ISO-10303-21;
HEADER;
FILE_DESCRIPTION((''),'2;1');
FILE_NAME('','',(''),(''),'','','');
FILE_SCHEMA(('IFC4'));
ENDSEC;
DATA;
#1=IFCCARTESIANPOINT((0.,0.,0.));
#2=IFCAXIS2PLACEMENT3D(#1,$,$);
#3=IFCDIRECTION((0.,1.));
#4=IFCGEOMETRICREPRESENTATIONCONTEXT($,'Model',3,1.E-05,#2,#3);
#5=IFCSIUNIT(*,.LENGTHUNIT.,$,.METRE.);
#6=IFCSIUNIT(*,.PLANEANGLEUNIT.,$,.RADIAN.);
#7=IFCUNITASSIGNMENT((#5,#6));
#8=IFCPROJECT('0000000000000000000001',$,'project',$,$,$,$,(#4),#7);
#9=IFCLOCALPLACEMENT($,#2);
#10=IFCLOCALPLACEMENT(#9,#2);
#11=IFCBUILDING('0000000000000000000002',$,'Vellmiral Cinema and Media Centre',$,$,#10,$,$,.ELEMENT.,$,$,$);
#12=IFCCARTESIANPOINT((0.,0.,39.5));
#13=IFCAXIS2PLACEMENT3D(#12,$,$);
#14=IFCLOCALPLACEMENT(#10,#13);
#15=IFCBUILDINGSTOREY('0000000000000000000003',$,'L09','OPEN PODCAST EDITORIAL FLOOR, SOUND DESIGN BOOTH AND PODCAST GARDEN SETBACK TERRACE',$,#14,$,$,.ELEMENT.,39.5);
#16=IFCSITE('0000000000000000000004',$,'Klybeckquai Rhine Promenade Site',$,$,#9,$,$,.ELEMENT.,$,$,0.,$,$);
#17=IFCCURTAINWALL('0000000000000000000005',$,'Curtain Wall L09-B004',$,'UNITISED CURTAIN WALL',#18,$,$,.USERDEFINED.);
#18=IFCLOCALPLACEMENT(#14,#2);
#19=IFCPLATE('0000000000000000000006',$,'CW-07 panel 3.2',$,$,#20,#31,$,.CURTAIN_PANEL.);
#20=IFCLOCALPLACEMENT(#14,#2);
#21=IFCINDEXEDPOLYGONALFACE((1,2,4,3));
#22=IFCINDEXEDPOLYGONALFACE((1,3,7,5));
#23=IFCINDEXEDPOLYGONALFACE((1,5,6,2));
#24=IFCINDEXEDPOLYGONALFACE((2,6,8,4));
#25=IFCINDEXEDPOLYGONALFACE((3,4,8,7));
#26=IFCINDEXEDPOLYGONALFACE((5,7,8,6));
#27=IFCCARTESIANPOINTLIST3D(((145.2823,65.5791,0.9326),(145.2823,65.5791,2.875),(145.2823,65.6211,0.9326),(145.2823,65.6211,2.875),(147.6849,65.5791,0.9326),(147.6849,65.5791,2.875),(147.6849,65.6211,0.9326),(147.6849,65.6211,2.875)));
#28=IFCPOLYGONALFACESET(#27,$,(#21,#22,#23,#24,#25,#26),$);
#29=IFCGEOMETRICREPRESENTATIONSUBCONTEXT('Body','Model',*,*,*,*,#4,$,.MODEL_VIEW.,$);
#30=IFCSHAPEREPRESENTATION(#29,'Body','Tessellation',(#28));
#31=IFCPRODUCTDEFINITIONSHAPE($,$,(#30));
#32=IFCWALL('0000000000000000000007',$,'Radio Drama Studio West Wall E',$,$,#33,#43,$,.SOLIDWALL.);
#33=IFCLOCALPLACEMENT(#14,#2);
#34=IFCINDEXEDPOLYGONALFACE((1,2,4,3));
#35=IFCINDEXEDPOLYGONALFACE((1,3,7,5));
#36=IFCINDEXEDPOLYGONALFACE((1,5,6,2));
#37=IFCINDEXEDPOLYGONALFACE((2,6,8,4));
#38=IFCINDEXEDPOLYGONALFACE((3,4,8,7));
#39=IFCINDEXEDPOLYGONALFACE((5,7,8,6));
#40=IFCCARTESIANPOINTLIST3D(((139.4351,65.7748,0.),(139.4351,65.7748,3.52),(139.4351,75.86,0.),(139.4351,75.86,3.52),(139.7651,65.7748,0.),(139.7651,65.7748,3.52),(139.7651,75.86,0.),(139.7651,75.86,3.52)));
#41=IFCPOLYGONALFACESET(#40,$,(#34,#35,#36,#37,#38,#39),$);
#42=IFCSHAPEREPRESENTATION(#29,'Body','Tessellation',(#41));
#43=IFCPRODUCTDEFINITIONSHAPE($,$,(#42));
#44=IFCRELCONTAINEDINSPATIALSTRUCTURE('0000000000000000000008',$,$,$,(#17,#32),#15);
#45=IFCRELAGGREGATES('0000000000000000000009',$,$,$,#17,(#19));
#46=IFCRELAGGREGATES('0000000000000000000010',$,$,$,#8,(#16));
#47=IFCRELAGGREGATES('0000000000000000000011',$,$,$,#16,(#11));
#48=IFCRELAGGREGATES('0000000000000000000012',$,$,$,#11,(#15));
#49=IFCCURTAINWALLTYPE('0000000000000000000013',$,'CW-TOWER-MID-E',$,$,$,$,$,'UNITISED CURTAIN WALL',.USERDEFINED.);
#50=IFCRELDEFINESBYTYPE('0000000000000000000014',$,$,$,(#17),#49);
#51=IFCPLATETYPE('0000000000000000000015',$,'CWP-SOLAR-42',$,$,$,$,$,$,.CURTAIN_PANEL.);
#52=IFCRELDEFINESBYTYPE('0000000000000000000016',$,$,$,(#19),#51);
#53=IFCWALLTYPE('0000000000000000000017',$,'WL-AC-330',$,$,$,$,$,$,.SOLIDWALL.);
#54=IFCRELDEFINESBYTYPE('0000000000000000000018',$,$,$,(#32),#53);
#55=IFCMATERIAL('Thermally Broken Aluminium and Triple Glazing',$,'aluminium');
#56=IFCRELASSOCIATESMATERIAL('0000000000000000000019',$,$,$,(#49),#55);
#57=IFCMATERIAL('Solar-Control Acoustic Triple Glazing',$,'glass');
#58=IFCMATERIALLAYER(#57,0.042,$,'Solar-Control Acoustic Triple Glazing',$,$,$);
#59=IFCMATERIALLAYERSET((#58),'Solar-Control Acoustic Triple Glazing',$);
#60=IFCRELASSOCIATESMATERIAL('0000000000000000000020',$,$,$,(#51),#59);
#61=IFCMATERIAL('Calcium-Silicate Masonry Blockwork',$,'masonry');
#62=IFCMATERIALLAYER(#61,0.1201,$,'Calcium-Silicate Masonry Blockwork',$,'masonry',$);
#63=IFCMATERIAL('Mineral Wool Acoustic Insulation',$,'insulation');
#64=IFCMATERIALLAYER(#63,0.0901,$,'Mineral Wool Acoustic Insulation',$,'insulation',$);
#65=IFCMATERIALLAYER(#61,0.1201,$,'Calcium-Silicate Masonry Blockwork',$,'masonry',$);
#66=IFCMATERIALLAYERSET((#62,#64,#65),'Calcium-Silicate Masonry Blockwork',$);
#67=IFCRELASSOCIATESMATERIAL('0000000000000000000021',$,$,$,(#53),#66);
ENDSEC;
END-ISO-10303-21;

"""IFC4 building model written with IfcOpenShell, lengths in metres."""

from ifc_helpers import new_model, si_unit, direction, frame, frame_2d, origin, origin_2d, place, context, subcontext, project, spatial, rectangle, extrude, material, layer, layer_set, type_object, element, aggregate, save


model = new_model("IFC4")

# Units and contexts
model_context = context("Model", 3, precision=1e-05, world=origin(), true_north=direction((0.0, 1.0)))
body_context = subcontext(model_context, "Body", "Model", "MODEL_VIEW")
ifc_project = project(units=[si_unit("LENGTHUNIT", "METRE"), si_unit("PLANEANGLEUNIT", "RADIAN")], contexts=[model_context])

# Site, building, storey
site_placement = place(None, origin())
site = spatial("IfcSite", under=ifc_project, at=site_placement, Name="Klybeckquai Rhine Promenade Site", CompositionType="ELEMENT", RefElevation=0.0)
building_placement = place(site_placement, origin())
building = spatial("IfcBuilding", under=site, at=building_placement, Name="Vellmiral Cinema and Media Centre", CompositionType="ELEMENT")
storey_placement = place(building_placement, frame((0.0, 0.0, 39.5)))
storey = spatial("IfcBuildingStorey", under=building, at=storey_placement, Name="L09", Description="OPEN PODCAST EDITORIAL FLOOR, SOUND DESIGN BOOTH AND PODCAST GARDEN SETBACK TERRACE", CompositionType="ELEMENT", Elevation=39.5)

# Curtain wall
ifc_material_1 = material(Name="Thermally Broken Aluminium and Triple Glazing", Category="aluminium")
curtain_wall_type = type_object("IfcCurtainWallType", Name="CW-TOWER-MID-E", ElementType="UNITISED CURTAIN WALL", PredefinedType="USERDEFINED", material=ifc_material_1)
curtain_wall_placement = place(storey_placement, origin())
curtain_wall = element("IfcCurtainWall", 1, at=curtain_wall_placement, inside=storey, type_object=curtain_wall_type, Name="Curtain Wall L09-B004", ObjectType="UNITISED CURTAIN WALL", PredefinedType="USERDEFINED")

# Plate
ifc_material_2 = material(Name="Solar-Control Acoustic Triple Glazing", Category="glass")
ifc_layer_1 = layer(ifc_material_2, 0.042, Name="Solar-Control Acoustic Triple Glazing")
ifc_layer_set_1 = layer_set([ifc_layer_1], Name="Solar-Control Acoustic Triple Glazing")
plate_type_1 = type_object("IfcPlateType", Name="CWP-SOLAR-42", PredefinedType="CURTAIN_PANEL", material=ifc_layer_set_1)
plate_1_placement = place(storey_placement, frame((146.4836, 65.6001, 0.9326), z_axis=(0.0, 0.0, 1.0), x_axis=(1.0, 0.0, 0.0)))
plate_1 = element("IfcPlate", 2, at=plate_1_placement, type_object=plate_type_1, Name="CW-07 panel 3.2", PredefinedType="CURTAIN_PANEL", context=body_context, shape_type="SweptSolid", body=[
    extrude(rectangle(XDim=2.4026, YDim=0.042, at=origin_2d()), origin(), (0.0, 0.0, 1.0), 1.9424),
])
aggregate(curtain_wall, [plate_1])

# Wall
ifc_material_3 = material(Name="Calcium-Silicate Masonry Blockwork", Category="masonry")
ifc_layer_2 = layer(ifc_material_3, 0.1201, Name="Calcium-Silicate Masonry Blockwork", Category="masonry")
ifc_material_4 = material(Name="Mineral Wool Acoustic Insulation", Category="insulation")
ifc_layer_3 = layer(ifc_material_4, 0.0901, Name="Mineral Wool Acoustic Insulation", Category="insulation")
ifc_layer_4 = layer(ifc_material_3, 0.1201, Name="Calcium-Silicate Masonry Blockwork", Category="masonry")
ifc_layer_set_2 = layer_set([ifc_layer_2, ifc_layer_3, ifc_layer_4], Name="Calcium-Silicate Masonry Blockwork")
wall_type = type_object("IfcWallType", Name="WL-AC-330", PredefinedType="SOLIDWALL", material=ifc_layer_set_2)
wall_placement = place(storey_placement, frame((139.6001, 65.7749, 0.0), z_axis=(0.0, 0.0, 1.0), x_axis=(0.0, 1.0, 0.0)))
element("IfcWall", 3, at=wall_placement, inside=storey, type_object=wall_type, Name="Radio Drama Studio West Wall E", PredefinedType="SOLIDWALL", context=body_context, shape_type="SweptSolid", body=[
    extrude(rectangle(XDim=10.0852, YDim=0.3301, at=frame_2d((5.0425, 0.0))), origin(), (0.0, 0.0, 1.0), 3.52),
])

save(model, "model.ifc")
